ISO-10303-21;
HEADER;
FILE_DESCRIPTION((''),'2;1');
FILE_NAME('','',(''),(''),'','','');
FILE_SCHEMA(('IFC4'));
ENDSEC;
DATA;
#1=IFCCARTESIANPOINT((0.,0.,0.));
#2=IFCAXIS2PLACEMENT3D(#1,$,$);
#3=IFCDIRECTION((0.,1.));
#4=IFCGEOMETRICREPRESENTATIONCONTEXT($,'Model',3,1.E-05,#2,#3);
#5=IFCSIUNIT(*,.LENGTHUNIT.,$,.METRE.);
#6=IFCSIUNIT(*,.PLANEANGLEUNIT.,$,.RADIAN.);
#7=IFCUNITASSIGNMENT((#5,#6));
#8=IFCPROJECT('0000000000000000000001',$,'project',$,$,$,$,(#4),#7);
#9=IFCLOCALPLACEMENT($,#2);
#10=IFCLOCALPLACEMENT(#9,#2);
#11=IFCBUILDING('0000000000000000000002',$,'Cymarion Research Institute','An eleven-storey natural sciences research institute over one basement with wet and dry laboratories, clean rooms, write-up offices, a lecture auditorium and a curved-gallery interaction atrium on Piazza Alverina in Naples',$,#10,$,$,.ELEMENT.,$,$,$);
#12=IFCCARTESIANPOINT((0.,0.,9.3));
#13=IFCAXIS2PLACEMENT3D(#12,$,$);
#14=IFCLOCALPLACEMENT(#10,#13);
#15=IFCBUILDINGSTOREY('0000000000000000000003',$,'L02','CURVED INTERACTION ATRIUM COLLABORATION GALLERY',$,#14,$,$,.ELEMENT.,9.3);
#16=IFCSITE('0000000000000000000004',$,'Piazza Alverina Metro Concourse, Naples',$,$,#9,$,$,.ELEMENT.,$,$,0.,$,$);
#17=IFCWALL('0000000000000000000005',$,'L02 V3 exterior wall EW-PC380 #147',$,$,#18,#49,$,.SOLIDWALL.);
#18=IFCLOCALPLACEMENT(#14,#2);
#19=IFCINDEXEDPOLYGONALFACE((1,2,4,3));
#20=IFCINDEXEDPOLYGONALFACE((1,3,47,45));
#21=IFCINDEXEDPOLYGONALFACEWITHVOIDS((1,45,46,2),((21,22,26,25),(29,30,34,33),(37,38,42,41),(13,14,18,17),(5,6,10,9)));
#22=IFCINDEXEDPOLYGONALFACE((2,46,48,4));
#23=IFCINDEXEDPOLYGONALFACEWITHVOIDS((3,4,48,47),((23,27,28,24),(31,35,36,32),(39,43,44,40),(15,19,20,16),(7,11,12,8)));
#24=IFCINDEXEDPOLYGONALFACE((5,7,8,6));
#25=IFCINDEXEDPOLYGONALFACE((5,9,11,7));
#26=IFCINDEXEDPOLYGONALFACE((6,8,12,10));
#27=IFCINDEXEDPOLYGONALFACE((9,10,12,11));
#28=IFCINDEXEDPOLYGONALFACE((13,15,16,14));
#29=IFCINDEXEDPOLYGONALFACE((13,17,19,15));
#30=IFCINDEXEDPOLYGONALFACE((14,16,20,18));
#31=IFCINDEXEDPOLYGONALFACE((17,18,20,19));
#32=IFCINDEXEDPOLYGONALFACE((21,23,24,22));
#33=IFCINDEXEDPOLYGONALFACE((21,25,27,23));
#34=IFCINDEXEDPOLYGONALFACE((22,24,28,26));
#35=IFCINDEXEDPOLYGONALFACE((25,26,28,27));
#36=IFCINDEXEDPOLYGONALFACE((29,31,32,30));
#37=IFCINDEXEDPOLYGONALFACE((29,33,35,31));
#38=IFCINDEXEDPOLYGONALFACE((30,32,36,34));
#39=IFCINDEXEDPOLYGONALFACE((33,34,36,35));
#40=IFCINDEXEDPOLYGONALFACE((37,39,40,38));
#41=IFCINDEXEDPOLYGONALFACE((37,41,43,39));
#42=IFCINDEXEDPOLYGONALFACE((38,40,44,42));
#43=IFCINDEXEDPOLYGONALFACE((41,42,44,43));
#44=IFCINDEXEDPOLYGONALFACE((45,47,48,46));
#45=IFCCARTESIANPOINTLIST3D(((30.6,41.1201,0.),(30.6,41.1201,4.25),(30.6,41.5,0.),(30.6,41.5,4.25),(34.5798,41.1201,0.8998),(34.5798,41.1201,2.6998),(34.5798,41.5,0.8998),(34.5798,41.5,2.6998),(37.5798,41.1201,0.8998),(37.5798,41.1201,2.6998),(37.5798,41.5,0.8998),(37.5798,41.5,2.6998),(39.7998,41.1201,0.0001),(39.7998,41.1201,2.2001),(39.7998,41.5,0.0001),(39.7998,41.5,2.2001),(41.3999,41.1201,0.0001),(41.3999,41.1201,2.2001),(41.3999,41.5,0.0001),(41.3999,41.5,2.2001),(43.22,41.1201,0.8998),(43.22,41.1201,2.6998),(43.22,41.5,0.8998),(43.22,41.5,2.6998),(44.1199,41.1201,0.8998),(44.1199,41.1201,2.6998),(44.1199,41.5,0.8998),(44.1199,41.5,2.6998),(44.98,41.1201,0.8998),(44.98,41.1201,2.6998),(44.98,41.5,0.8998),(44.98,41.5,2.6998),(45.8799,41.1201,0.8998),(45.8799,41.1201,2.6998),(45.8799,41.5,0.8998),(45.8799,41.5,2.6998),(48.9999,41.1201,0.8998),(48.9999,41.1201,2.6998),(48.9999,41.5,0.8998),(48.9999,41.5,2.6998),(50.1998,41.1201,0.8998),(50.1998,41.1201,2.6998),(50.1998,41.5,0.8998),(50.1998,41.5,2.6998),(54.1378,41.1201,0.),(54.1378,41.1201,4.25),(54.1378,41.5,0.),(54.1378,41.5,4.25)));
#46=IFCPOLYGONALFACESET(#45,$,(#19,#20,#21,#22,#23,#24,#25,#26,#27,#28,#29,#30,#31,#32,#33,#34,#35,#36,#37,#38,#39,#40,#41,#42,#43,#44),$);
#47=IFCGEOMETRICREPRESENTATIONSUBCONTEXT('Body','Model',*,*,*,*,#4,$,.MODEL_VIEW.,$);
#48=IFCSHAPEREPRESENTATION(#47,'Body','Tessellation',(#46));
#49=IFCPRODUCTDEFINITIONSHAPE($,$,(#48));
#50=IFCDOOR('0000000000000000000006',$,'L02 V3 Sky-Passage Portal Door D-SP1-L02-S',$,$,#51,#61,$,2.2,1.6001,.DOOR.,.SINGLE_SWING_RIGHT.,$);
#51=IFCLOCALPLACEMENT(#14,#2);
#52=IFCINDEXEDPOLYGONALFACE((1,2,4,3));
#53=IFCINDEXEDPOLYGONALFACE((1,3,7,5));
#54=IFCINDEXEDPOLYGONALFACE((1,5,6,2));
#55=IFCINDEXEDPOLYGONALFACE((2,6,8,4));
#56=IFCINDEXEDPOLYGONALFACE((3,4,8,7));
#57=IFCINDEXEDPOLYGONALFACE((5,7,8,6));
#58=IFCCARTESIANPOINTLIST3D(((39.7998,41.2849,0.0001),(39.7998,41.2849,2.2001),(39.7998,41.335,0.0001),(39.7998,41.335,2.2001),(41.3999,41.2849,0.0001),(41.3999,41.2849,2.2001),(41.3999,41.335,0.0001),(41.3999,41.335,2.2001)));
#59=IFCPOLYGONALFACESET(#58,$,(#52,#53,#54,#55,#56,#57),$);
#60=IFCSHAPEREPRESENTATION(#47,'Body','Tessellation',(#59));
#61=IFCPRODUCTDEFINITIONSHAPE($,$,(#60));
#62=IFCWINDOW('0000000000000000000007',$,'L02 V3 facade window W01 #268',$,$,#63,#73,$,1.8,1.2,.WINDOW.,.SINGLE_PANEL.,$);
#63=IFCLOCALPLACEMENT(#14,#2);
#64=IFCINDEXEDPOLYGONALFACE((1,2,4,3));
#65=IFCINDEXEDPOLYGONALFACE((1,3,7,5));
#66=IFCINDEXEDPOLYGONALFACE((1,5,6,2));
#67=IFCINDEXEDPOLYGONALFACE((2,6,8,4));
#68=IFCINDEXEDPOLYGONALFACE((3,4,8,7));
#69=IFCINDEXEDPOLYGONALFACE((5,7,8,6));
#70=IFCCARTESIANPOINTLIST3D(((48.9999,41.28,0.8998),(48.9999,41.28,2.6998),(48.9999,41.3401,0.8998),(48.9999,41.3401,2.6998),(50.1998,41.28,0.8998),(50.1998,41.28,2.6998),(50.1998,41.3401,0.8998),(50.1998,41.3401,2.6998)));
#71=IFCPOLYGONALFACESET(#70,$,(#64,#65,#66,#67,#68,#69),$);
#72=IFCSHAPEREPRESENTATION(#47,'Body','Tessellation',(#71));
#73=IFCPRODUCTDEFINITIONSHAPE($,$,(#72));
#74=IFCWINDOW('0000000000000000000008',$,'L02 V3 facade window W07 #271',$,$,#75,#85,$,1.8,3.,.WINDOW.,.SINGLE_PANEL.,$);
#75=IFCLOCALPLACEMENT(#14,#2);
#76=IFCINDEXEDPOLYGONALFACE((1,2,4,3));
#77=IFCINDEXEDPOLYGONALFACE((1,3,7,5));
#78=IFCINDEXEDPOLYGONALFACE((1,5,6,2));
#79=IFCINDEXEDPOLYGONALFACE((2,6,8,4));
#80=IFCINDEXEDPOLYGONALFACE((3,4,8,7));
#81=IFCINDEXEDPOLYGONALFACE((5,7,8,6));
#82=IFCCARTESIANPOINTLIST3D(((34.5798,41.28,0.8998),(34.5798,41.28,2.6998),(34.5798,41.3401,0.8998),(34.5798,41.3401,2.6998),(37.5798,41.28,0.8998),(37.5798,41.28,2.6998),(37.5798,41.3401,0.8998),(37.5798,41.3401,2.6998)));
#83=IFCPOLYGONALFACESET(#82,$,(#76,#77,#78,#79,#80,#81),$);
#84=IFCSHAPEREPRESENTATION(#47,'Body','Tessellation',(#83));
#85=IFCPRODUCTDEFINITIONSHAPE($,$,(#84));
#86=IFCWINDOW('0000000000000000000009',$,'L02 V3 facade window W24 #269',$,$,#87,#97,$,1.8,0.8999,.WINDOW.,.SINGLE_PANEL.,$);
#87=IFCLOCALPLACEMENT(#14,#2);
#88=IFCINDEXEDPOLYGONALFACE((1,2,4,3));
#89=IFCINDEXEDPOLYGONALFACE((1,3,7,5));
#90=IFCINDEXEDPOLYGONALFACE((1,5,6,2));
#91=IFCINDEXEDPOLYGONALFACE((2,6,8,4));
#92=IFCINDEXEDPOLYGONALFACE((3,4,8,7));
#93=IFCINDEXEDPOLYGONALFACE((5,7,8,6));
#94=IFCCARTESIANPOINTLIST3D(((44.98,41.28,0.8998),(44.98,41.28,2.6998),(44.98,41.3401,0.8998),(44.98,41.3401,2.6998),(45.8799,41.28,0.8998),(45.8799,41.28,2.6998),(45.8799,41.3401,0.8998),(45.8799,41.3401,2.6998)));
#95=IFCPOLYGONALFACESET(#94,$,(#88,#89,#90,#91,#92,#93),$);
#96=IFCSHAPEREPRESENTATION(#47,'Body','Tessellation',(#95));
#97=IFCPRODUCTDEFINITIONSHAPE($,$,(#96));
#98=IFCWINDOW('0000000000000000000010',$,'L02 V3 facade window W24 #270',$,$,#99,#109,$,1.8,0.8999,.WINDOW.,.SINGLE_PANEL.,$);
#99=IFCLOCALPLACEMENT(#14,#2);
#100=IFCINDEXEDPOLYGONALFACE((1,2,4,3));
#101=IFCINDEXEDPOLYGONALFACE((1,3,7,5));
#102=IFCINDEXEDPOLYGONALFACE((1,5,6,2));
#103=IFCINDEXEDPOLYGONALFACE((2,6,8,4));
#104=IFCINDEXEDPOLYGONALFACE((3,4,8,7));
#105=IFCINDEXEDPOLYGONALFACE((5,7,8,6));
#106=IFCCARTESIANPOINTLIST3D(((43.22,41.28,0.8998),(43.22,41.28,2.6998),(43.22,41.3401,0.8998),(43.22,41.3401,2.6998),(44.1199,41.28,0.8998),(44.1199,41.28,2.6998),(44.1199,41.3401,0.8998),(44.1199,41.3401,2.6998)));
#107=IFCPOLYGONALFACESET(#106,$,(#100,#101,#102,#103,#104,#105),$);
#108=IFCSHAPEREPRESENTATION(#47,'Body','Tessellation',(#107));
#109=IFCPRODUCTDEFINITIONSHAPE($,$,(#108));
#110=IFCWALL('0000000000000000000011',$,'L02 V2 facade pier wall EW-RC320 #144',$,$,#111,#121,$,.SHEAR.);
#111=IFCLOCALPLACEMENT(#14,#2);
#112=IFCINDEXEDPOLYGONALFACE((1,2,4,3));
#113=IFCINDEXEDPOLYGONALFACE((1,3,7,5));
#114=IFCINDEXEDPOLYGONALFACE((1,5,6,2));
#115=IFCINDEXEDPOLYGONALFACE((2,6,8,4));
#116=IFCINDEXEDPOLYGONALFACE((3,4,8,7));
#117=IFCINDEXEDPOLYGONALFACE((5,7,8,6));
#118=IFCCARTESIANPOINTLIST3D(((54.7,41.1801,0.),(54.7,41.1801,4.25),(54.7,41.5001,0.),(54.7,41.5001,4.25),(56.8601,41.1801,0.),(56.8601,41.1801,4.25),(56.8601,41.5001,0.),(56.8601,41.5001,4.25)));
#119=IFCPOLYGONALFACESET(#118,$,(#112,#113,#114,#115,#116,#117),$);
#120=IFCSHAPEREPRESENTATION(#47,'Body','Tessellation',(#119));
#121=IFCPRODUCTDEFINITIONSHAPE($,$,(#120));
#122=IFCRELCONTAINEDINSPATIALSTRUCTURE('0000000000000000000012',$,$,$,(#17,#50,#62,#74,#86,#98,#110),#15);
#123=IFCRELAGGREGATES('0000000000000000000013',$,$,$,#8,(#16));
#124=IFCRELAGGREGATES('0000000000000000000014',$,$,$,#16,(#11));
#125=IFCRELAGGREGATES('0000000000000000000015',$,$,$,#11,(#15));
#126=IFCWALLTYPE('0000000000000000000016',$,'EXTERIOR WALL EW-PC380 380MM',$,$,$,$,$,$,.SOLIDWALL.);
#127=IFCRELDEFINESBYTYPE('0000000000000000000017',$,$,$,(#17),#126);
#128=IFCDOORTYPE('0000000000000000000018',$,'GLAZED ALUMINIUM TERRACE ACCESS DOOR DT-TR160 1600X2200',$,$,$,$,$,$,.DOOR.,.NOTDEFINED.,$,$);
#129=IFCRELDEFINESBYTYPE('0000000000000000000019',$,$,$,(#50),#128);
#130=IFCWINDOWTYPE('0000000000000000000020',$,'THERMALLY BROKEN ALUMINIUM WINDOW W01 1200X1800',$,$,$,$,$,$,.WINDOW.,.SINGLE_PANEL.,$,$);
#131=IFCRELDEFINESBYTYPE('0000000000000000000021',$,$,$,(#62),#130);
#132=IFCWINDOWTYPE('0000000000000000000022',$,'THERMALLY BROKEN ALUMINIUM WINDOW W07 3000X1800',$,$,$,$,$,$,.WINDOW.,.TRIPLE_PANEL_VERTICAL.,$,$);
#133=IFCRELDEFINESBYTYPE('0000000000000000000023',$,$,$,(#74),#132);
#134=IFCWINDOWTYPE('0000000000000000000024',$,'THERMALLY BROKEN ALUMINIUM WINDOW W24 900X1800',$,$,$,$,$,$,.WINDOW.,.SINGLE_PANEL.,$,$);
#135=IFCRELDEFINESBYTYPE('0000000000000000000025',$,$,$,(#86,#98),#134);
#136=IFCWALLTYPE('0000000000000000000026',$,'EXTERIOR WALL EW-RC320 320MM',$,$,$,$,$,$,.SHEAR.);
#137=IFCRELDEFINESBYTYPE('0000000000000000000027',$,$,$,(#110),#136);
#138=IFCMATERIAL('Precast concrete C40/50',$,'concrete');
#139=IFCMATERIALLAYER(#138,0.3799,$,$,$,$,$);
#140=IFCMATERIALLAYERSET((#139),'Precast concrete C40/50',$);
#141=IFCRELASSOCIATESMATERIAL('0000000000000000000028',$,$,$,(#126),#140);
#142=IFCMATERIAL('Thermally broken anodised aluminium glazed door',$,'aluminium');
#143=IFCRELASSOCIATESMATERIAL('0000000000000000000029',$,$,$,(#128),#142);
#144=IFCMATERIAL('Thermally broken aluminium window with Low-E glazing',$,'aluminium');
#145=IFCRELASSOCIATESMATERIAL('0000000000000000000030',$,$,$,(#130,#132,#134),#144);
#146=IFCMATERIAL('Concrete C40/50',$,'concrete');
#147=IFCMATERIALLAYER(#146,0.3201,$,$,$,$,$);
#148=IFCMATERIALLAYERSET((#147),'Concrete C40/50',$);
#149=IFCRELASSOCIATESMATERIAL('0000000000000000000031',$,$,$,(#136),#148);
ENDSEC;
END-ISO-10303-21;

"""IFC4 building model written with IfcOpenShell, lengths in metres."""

from ifc_helpers import new_model, si_unit, direction, frame, frame_2d, origin, place, context, subcontext, project, spatial, rectangle, extrude, material, layer, layer_set, type_object, element, fill, save


model = new_model("IFC4")

# Units and contexts
model_context = context("Model", 3, precision=1e-05, world=origin(), true_north=direction((0.0, 1.0)))
body_context = subcontext(model_context, "Body", "Model", "MODEL_VIEW")
ifc_project = project(units=[si_unit("LENGTHUNIT", "METRE"), si_unit("PLANEANGLEUNIT", "RADIAN")], contexts=[model_context])

# Site, building, storey
site_placement = place(None, origin())
site = spatial("IfcSite", under=ifc_project, at=site_placement, Name="Piazza Alverina Metro Concourse, Naples", CompositionType="ELEMENT", RefElevation=0.0)
building_placement = place(site_placement, origin())
building = spatial("IfcBuilding", under=site, at=building_placement, Name="Cymarion Research Institute", Description="An eleven-storey natural sciences research institute over one basement with wet and dry laboratories, clean rooms, write-up offices, a lecture auditorium and a curved-gallery interaction atrium on Piazza Alverina in Naples", CompositionType="ELEMENT")
storey_placement = place(building_placement, frame((0.0, 0.0, 9.3)))
storey = spatial("IfcBuildingStorey", under=building, at=storey_placement, Name="L02", Description="CURVED INTERACTION ATRIUM COLLABORATION GALLERY", CompositionType="ELEMENT", Elevation=9.3)

# Wall, openings, door, windows
ifc_material_1 = material(Name="Precast concrete C40/50", Category="concrete")
ifc_layer_1 = layer(ifc_material_1, 0.3799)
ifc_layer_set_1 = layer_set([ifc_layer_1], Name="Precast concrete C40/50")
wall_type_1 = type_object("IfcWallType", Name="EXTERIOR WALL EW-PC380 380MM", PredefinedType="SOLIDWALL", material=ifc_layer_set_1)
wall_1_placement = place(storey_placement, frame((54.1379, 41.3101, 0.0), z_axis=(0.0, 0.0, 1.0), x_axis=(-1.0, 0.0, 0.0)))
wall_1 = element("IfcWall", 1, at=wall_1_placement, inside=storey, type_object=wall_type_1, Name="L02 V3 exterior wall EW-PC380 #147", PredefinedType="SOLIDWALL", context=body_context, shape_type="SweptSolid", body=[
    extrude(rectangle(XDim=23.5378, YDim=0.3799, at=frame_2d((11.769, 0.0))), origin(), (0.0, 0.0, 1.0), 4.25),
])
opening_1_placement = place(wall_1_placement, frame((12.738, 0.0, 0.0)))
opening_1 = element("IfcOpeningElement", 2, at=opening_1_placement, cuts=wall_1, PredefinedType="OPENING", context=body_context, shape_type="SweptSolid", body=[
    extrude(rectangle(XDim=1.6001, YDim=2.2, at=frame_2d((0.8, 1.1001))), frame((0.0, 0.2, 0.0), z_axis=(0.0, -1.0, 0.0), x_axis=(1.0, 0.0, 0.0)), (0.0, 0.0, 1.0), 0.3999),
])
opening_2_placement = place(wall_1_placement, frame((3.938, 0.0, 0.8999)))
opening_2 = element("IfcOpeningElement", 3, at=opening_2_placement, cuts=wall_1, PredefinedType="OPENING", context=body_context, shape_type="SweptSolid", body=[
    extrude(rectangle(XDim=1.2, YDim=1.8, at=frame_2d((0.6001, 0.8999))), frame((0.0, 0.2, 0.0), z_axis=(0.0, -1.0, 0.0), x_axis=(1.0, 0.0, 0.0)), (0.0, 0.0, 1.0), 0.3999),
])
opening_3_placement = place(wall_1_placement, frame((8.2581, 0.0, 0.8999)))
opening_3 = element("IfcOpeningElement", 4, at=opening_3_placement, cuts=wall_1, PredefinedType="OPENING", context=body_context, shape_type="SweptSolid", body=[
    extrude(rectangle(XDim=0.8999, YDim=1.8, at=frame_2d((0.45, 0.8999))), frame((0.0, 0.2, 0.0), z_axis=(0.0, -1.0, 0.0), x_axis=(1.0, 0.0, 0.0)), (0.0, 0.0, 1.0), 0.3999),
])
opening_4_placement = place(wall_1_placement, frame((10.0181, 0.0, 0.8999)))
opening_4 = element("IfcOpeningElement", 5, at=opening_4_placement, cuts=wall_1, PredefinedType="OPENING", context=body_context, shape_type="SweptSolid", body=[
    extrude(rectangle(XDim=0.8999, YDim=1.8, at=frame_2d((0.45, 0.8999))), frame((0.0, 0.2, 0.0), z_axis=(0.0, -1.0, 0.0), x_axis=(1.0, 0.0, 0.0)), (0.0, 0.0, 1.0), 0.3999),
])
opening_5_placement = place(wall_1_placement, frame((16.5581, 0.0, 0.8999)))
opening_5 = element("IfcOpeningElement", 6, at=opening_5_placement, cuts=wall_1, PredefinedType="OPENING", context=body_context, shape_type="SweptSolid", body=[
    extrude(rectangle(XDim=3.0, YDim=1.8, at=frame_2d((1.5, 0.8999))), frame((0.0, 0.2, 0.0), z_axis=(0.0, -1.0, 0.0), x_axis=(1.0, 0.0, 0.0)), (0.0, 0.0, 1.0), 0.3999),
])
ifc_material_2 = material(Name="Thermally broken anodised aluminium glazed door", Category="aluminium")
door_type = type_object("IfcDoorType", Name="GLAZED ALUMINIUM TERRACE ACCESS DOOR DT-TR160 1600X2200", OperationType="NOTDEFINED", PredefinedType="DOOR", material=ifc_material_2)
door_placement = place(opening_1_placement, frame((1.6001, 0.0, 0.0), z_axis=(0.0, 0.0, 1.0), x_axis=(-1.0, 0.0, 0.0)))
door = element("IfcDoor", 7, at=door_placement, inside=storey, type_object=door_type, Name="L02 V3 Sky-Passage Portal Door D-SP1-L02-S", OperationType="SINGLE_SWING_RIGHT", OverallHeight=2.2, OverallWidth=1.6001, PredefinedType="DOOR", context=body_context, shape_type="SweptSolid", body=[
    extrude(rectangle(XDim=1.6001, YDim=2.2, at=frame_2d((0.8, 1.1001))), frame((0.0, 0.0249, 0.0), z_axis=(0.0, -1.0, 0.0), x_axis=(1.0, 0.0, 0.0)), (0.0, 0.0, 1.0), 0.05),
])
fill(opening_1, door)
ifc_material_3 = material(Name="Thermally broken aluminium window with Low-E glazing", Category="aluminium")
window_type_1 = type_object("IfcWindowType", Name="THERMALLY BROKEN ALUMINIUM WINDOW W01 1200X1800", PartitioningType="SINGLE_PANEL", PredefinedType="WINDOW", material=ifc_material_3)
window_1_placement = place(opening_2_placement, origin())
window_1 = element("IfcWindow", 8, at=window_1_placement, inside=storey, type_object=window_type_1, Name="L02 V3 facade window W01 #268", OverallHeight=1.8, OverallWidth=1.2, PartitioningType="SINGLE_PANEL", PredefinedType="WINDOW", context=body_context, shape_type="SweptSolid", body=[
    extrude(rectangle(XDim=1.2, YDim=1.8, at=frame_2d((0.6001, 0.8999))), frame((0.0, 0.03, 0.0), z_axis=(0.0, -1.0, 0.0), x_axis=(1.0, 0.0, 0.0)), (0.0, 0.0, 1.0), 0.0601),
])
fill(opening_2, window_1)
window_type_2 = type_object("IfcWindowType", Name="THERMALLY BROKEN ALUMINIUM WINDOW W07 3000X1800", PartitioningType="TRIPLE_PANEL_VERTICAL", PredefinedType="WINDOW", material=ifc_material_3)
window_2_placement = place(opening_5_placement, origin())
window_2 = element("IfcWindow", 9, at=window_2_placement, inside=storey, type_object=window_type_2, Name="L02 V3 facade window W07 #271", OverallHeight=1.8, OverallWidth=3.0, PartitioningType="SINGLE_PANEL", PredefinedType="WINDOW", context=body_context, shape_type="SweptSolid", body=[
    extrude(rectangle(XDim=3.0, YDim=1.8, at=frame_2d((1.5, 0.8999))), frame((0.0, 0.03, 0.0), z_axis=(0.0, -1.0, 0.0), x_axis=(1.0, 0.0, 0.0)), (0.0, 0.0, 1.0), 0.0601),
])
fill(opening_5, window_2)
window_type_3 = type_object("IfcWindowType", Name="THERMALLY BROKEN ALUMINIUM WINDOW W24 900X1800", PartitioningType="SINGLE_PANEL", PredefinedType="WINDOW", material=ifc_material_3)
window_3_placement = place(opening_3_placement, origin())
window_3 = element("IfcWindow", 10, at=window_3_placement, inside=storey, type_object=window_type_3, Name="L02 V3 facade window W24 #269", OverallHeight=1.8, OverallWidth=0.8999, PartitioningType="SINGLE_PANEL", PredefinedType="WINDOW", context=body_context, shape_type="SweptSolid", body=[
    extrude(rectangle(XDim=0.8999, YDim=1.8, at=frame_2d((0.45, 0.8999))), frame((0.0, 0.03, 0.0), z_axis=(0.0, -1.0, 0.0), x_axis=(1.0, 0.0, 0.0)), (0.0, 0.0, 1.0), 0.0601),
])
fill(opening_3, window_3)
window_4_placement = place(opening_4_placement, origin())
window_4 = element("IfcWindow", 11, at=window_4_placement, inside=storey, type_object=window_type_3, Name="L02 V3 facade window W24 #270", OverallHeight=1.8, OverallWidth=0.8999, PartitioningType="SINGLE_PANEL", PredefinedType="WINDOW", context=body_context, shape_type="SweptSolid", body=[
    extrude(rectangle(XDim=0.8999, YDim=1.8, at=frame_2d((0.45, 0.8999))), frame((0.0, 0.03, 0.0), z_axis=(0.0, -1.0, 0.0), x_axis=(1.0, 0.0, 0.0)), (0.0, 0.0, 1.0), 0.0601),
])
fill(opening_4, window_4)

# Wall
ifc_material_4 = material(Name="Concrete C40/50", Category="concrete")
ifc_layer_2 = layer(ifc_material_4, 0.3201)
ifc_layer_set_2 = layer_set([ifc_layer_2], Name="Concrete C40/50")
wall_type_2 = type_object("IfcWallType", Name="EXTERIOR WALL EW-RC320 320MM", PredefinedType="SHEAR", material=ifc_layer_set_2)
wall_2_placement = place(storey_placement, frame((56.8601, 41.3401, 0.0), z_axis=(0.0, 0.0, 1.0), x_axis=(-1.0, 0.0, 0.0)))
element("IfcWall", 12, at=wall_2_placement, inside=storey, type_object=wall_type_2, Name="L02 V2 facade pier wall EW-RC320 #144", PredefinedType="SHEAR", context=body_context, shape_type="SweptSolid", body=[
    extrude(rectangle(XDim=2.1602, YDim=0.3201, at=frame_2d((1.0801, 0.0))), origin(), (0.0, 0.0, 1.0), 4.25),
])

save(model, "model.ifc")
